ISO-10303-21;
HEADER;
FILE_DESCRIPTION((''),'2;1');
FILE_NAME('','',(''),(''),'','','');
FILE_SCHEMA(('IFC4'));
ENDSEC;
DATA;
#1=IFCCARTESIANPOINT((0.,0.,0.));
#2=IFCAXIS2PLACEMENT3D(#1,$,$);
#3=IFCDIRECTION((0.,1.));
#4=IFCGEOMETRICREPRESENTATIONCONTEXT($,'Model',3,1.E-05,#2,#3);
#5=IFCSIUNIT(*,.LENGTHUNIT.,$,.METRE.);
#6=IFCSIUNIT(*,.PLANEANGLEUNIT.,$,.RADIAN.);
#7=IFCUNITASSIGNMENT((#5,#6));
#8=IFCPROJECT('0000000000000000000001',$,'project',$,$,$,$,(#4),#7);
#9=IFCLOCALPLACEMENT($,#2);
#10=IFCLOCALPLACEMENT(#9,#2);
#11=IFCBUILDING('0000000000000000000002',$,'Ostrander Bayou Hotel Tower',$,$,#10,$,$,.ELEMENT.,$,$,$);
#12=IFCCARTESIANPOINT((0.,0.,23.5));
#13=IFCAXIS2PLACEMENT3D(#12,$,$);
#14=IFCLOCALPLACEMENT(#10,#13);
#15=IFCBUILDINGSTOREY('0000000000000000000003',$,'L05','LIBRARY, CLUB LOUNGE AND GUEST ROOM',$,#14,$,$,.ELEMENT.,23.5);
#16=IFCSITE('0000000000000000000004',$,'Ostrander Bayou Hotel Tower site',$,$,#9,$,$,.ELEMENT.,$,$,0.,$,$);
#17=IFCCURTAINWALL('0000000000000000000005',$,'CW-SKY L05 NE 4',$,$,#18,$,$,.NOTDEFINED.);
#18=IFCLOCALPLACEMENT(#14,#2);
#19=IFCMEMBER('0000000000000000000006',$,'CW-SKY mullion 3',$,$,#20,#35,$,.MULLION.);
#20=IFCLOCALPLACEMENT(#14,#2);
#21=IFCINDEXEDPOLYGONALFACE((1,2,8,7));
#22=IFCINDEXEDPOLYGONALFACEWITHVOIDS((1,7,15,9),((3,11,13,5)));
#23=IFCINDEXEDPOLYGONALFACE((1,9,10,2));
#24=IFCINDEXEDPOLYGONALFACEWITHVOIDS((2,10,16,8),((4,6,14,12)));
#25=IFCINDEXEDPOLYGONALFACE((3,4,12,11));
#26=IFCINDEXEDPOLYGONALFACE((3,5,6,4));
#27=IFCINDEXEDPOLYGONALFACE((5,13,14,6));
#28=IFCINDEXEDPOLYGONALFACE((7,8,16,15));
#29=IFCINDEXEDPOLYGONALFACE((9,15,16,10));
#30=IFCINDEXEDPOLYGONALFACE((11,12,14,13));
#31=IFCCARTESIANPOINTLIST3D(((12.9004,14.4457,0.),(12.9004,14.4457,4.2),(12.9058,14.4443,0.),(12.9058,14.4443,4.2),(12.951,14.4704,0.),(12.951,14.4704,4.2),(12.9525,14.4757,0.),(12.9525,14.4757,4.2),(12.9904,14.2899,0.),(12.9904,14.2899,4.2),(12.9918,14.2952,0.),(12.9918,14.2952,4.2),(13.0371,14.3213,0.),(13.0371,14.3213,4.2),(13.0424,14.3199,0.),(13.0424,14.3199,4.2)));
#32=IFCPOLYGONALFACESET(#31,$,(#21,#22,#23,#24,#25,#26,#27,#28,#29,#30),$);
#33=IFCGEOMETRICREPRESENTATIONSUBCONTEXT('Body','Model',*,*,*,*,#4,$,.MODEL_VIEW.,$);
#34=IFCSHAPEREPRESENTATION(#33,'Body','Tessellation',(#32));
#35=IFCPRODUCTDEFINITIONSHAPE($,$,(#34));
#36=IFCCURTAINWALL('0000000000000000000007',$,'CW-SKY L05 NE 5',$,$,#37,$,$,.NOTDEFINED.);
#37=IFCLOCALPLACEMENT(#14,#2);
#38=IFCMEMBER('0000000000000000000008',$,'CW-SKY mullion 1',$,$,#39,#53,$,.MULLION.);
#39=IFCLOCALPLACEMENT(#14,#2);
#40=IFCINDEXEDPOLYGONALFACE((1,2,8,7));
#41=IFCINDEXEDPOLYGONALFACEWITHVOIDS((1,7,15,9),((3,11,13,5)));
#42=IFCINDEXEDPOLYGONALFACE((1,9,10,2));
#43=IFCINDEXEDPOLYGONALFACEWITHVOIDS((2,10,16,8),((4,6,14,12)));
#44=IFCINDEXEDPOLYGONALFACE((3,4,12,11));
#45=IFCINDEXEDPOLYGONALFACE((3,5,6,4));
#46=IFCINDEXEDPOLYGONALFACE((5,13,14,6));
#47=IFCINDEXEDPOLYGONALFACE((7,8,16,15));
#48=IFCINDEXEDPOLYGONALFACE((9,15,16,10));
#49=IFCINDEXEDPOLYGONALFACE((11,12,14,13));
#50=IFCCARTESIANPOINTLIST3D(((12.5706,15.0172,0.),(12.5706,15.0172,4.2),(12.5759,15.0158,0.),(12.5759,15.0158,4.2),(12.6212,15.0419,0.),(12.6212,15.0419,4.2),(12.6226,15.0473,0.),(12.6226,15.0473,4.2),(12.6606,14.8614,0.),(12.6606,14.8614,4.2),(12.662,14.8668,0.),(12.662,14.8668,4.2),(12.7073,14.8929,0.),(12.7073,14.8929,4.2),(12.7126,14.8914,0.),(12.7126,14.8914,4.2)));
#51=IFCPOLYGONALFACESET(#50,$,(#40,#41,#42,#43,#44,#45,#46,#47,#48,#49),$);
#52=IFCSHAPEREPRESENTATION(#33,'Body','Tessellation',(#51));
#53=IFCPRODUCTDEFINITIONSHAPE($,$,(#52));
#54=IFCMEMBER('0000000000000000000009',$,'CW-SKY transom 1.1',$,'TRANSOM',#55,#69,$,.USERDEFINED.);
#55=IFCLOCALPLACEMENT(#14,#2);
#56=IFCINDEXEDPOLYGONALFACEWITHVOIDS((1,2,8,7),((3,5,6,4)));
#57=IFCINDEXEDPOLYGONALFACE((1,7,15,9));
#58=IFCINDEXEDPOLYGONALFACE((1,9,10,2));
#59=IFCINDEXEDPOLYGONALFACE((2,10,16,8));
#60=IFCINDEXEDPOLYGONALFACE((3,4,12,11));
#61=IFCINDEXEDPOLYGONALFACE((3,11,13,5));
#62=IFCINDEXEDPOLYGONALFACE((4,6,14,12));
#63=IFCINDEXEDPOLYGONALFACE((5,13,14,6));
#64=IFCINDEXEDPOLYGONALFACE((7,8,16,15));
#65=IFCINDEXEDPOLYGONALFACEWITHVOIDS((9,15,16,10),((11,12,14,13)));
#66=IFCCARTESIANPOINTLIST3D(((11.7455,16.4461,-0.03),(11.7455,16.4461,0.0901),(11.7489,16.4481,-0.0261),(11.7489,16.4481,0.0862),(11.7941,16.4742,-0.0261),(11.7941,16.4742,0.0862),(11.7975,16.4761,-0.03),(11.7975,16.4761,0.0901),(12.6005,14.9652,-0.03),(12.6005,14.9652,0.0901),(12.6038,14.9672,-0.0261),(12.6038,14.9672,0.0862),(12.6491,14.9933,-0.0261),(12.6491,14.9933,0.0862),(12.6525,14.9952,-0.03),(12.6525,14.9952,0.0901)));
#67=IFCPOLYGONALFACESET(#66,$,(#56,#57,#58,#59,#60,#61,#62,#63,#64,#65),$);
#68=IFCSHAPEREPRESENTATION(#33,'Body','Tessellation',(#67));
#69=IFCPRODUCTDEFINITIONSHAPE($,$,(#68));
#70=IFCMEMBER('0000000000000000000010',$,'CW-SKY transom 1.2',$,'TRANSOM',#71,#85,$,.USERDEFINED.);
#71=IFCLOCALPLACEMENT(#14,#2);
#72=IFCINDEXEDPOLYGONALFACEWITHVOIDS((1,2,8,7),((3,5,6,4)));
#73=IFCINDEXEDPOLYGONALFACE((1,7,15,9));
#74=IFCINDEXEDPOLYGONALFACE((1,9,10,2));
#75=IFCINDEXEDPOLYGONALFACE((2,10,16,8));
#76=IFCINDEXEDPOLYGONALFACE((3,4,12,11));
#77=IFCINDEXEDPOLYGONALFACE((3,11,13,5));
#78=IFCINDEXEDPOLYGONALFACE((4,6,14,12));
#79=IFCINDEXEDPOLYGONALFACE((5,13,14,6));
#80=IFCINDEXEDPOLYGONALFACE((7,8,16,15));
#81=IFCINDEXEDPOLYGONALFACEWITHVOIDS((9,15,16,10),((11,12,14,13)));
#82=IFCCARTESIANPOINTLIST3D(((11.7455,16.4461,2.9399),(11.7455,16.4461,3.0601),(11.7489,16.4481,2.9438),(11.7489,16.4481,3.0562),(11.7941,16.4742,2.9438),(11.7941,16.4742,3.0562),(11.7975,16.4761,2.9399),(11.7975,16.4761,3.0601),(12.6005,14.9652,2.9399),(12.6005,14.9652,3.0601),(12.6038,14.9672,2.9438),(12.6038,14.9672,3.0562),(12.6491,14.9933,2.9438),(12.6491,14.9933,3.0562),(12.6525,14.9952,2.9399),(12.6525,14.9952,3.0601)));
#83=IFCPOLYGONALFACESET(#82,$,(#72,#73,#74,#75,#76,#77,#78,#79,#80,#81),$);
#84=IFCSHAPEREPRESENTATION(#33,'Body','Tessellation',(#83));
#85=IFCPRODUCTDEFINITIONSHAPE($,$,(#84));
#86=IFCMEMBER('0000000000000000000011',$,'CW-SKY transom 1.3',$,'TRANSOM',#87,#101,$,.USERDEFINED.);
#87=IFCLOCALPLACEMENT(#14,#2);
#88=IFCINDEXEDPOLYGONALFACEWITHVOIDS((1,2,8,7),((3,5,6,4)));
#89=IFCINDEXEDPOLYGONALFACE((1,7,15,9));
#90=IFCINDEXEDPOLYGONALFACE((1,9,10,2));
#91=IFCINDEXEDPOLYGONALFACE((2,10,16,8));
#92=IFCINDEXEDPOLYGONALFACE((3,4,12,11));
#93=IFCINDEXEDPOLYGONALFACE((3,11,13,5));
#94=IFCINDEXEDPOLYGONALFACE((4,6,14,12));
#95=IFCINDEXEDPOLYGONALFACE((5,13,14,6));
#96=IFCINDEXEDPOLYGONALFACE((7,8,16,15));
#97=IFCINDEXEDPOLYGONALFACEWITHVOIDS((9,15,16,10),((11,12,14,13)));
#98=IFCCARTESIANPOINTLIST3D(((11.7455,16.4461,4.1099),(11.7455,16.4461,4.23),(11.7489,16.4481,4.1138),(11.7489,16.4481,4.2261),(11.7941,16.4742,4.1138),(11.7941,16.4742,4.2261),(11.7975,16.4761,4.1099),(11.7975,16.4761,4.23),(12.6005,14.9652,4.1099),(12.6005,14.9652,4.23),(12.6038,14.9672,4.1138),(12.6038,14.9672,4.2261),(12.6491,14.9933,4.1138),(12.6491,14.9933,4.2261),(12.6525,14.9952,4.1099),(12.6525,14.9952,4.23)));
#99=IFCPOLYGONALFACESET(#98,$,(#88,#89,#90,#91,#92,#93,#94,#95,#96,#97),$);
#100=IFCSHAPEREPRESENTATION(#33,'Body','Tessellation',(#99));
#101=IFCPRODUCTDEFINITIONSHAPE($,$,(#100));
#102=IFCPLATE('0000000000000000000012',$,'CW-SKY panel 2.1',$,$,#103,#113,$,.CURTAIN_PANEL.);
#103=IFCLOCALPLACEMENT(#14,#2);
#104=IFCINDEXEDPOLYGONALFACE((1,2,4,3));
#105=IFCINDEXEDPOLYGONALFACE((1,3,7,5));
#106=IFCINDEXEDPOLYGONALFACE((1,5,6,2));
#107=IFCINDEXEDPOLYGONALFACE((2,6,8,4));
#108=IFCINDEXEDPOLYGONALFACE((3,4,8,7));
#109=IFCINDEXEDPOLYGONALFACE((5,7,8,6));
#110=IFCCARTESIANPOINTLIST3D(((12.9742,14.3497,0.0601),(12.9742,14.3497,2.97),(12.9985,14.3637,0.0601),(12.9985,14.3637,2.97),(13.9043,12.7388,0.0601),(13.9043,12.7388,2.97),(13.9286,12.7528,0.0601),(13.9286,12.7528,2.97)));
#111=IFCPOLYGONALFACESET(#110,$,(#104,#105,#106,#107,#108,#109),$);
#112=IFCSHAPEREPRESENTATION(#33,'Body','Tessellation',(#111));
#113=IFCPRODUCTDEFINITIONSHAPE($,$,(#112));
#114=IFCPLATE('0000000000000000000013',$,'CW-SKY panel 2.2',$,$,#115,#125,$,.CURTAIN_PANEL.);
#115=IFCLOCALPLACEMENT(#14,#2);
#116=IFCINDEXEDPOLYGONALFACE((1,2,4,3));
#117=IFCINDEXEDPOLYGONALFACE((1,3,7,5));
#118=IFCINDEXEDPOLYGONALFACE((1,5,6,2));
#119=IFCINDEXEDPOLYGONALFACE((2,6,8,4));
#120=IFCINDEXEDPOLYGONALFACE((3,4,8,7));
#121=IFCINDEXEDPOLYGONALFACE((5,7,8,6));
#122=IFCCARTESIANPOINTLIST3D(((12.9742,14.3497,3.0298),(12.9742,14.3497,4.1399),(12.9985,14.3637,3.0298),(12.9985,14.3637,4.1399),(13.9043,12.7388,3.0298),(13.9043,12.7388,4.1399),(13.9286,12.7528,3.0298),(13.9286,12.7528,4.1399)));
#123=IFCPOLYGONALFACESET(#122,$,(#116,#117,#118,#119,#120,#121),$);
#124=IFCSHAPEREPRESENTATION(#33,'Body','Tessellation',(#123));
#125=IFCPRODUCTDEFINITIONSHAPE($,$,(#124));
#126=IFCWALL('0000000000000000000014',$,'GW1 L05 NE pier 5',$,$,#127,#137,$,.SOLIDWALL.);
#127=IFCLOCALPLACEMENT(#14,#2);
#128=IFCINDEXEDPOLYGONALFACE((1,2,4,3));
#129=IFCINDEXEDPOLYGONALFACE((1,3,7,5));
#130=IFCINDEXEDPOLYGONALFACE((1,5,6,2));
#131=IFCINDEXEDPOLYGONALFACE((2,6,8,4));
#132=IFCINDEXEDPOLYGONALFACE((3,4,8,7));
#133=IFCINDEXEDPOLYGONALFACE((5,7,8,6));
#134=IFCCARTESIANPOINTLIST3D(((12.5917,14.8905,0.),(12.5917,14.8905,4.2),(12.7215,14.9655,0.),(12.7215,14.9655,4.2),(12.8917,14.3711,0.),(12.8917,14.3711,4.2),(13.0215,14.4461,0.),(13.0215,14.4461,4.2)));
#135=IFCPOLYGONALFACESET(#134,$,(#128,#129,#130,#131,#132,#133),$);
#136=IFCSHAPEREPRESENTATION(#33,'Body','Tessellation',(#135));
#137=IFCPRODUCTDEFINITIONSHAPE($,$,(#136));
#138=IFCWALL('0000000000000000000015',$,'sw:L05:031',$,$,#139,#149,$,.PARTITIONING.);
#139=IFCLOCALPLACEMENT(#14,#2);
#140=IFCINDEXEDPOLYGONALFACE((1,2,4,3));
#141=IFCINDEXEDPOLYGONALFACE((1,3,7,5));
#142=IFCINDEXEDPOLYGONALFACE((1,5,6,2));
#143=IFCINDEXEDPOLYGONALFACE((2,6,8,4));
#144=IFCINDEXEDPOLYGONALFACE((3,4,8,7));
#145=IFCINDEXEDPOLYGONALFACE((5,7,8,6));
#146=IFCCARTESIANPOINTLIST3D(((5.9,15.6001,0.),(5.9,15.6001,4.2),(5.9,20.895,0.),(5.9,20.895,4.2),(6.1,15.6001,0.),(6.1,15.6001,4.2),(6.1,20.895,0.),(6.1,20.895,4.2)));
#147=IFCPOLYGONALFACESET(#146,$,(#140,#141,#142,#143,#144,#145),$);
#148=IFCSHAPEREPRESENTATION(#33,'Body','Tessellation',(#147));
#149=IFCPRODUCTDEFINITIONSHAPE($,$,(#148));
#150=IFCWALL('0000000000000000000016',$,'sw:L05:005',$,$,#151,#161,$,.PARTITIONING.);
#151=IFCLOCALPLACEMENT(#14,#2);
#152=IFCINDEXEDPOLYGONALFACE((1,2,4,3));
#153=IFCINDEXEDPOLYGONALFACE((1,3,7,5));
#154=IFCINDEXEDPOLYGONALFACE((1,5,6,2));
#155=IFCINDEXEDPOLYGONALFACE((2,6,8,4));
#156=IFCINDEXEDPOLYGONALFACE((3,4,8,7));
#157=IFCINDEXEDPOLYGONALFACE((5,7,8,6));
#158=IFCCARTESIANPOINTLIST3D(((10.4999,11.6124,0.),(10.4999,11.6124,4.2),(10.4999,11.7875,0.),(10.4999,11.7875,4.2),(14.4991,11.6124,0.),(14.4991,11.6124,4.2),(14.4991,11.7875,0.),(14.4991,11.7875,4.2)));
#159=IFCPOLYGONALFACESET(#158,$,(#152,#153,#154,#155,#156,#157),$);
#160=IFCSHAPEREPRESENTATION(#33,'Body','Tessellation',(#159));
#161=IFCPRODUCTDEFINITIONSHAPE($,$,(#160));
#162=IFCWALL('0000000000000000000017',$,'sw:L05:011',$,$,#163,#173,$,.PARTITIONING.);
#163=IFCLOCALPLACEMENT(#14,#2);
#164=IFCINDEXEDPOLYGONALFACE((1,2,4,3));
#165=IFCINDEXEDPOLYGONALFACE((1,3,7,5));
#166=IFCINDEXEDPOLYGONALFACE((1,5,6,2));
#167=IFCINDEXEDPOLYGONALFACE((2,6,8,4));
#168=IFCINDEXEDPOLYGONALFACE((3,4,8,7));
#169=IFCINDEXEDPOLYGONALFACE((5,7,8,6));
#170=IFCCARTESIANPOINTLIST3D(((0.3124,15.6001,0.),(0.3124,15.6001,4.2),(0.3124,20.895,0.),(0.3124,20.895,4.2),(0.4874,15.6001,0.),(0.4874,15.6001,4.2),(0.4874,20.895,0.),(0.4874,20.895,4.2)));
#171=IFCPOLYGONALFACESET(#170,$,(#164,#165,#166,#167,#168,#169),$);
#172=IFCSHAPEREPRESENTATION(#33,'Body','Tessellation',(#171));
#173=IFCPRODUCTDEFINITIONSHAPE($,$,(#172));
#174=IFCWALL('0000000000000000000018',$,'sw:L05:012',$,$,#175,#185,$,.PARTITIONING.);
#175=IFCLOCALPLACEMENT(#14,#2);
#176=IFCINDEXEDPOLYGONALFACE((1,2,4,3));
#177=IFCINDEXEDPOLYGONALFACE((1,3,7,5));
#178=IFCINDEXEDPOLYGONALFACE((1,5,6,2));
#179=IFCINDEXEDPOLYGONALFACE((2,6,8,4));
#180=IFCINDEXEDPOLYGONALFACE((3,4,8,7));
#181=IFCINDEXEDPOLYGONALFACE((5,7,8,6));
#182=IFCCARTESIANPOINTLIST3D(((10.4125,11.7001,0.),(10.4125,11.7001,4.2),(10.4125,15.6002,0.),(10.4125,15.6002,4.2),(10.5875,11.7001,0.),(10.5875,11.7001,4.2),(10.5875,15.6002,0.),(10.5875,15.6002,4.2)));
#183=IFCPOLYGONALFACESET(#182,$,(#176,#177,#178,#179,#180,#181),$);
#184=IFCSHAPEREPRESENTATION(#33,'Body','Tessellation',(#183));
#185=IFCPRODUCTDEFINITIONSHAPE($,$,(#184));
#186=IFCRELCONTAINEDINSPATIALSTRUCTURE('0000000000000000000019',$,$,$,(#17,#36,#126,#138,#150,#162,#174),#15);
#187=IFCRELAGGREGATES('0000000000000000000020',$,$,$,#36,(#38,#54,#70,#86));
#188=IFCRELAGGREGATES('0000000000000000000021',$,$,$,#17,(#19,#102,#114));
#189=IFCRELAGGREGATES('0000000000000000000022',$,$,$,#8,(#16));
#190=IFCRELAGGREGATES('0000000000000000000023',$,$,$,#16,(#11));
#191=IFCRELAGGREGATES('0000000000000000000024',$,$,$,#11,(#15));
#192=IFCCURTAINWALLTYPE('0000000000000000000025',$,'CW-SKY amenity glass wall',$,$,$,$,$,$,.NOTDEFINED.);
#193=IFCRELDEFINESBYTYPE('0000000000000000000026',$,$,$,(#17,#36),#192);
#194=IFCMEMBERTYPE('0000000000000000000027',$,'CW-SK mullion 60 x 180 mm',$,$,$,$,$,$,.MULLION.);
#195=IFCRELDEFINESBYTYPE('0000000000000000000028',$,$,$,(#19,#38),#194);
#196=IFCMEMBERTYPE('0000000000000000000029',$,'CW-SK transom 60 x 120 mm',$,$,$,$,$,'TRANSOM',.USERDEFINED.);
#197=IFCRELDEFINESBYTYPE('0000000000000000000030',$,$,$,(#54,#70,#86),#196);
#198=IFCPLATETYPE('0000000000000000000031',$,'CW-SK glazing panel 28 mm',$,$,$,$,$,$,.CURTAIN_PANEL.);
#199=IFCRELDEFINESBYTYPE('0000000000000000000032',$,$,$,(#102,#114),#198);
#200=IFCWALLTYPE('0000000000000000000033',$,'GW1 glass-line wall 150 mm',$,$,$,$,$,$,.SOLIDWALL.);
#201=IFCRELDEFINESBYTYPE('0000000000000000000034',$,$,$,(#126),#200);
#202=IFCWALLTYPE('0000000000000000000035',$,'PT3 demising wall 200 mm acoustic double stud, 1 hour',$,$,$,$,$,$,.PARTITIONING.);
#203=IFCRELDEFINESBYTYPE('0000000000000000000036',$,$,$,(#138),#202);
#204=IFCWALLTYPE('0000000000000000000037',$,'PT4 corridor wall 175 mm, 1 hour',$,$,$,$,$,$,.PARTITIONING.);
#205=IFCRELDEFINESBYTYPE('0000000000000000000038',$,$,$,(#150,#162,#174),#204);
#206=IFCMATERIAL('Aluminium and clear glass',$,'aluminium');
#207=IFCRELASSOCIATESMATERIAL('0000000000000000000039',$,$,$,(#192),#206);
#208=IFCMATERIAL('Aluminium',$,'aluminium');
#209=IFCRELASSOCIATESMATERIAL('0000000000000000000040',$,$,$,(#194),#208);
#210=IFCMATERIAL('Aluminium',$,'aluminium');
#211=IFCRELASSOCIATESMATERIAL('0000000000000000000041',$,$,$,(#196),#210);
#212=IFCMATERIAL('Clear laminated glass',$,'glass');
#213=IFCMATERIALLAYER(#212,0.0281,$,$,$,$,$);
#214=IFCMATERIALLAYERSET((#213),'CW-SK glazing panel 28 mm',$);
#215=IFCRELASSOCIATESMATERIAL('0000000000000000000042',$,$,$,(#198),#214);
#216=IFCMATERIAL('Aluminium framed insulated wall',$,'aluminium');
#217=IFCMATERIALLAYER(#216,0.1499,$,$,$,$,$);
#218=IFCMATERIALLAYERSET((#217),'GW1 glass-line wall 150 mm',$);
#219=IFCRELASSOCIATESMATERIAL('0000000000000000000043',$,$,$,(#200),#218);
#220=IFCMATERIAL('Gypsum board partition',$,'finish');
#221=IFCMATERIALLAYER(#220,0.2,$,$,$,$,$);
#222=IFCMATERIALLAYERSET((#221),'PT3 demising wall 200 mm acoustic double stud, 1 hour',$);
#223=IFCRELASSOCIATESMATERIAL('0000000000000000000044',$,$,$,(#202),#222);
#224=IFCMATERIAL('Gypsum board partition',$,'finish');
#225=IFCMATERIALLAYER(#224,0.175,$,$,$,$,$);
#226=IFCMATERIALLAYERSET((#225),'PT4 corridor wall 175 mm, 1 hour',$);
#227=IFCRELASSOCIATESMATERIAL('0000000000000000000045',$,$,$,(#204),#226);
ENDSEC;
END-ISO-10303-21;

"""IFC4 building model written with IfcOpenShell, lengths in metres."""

from ifc_helpers import new_model, si_unit, direction, frame, frame_2d, origin, origin_2d, place, context, subcontext, project, spatial, rectangle, hollow_rectangle, extrude, material, layer, layer_set, material_profile, profile_set, type_object, element, aggregate, save


model = new_model("IFC4")

# Units and contexts
model_context = context("Model", 3, precision=1e-05, world=origin(), true_north=direction((0.0, 1.0)))
body_context = subcontext(model_context, "Body", "Model", "MODEL_VIEW")
ifc_project = project(units=[si_unit("LENGTHUNIT", "METRE"), si_unit("PLANEANGLEUNIT", "RADIAN")], contexts=[model_context])

# Site, building, storey
site_placement = place(None, origin())
site = spatial("IfcSite", under=ifc_project, at=site_placement, Name="Ostrander Bayou Hotel Tower site", CompositionType="ELEMENT", RefElevation=0.0)
building_placement = place(site_placement, origin())
building = spatial("IfcBuilding", under=site, at=building_placement, Name="Ostrander Bayou Hotel Tower", CompositionType="ELEMENT")
storey_placement = place(building_placement, frame((0.0, 0.0, 23.5)))
storey = spatial("IfcBuildingStorey", under=building, at=storey_placement, Name="L05", Description="LIBRARY, CLUB LOUNGE AND GUEST ROOM", CompositionType="ELEMENT", Elevation=23.5)

# Curtain wall, member
ifc_material_1 = material(Name="Aluminium and clear glass", Category="aluminium")
curtain_wall_type = type_object("IfcCurtainWallType", Name="CW-SKY amenity glass wall", PredefinedType="NOTDEFINED", material=ifc_material_1)
curtain_wall_1_placement = place(storey_placement, origin())
curtain_wall_1 = element("IfcCurtainWall", 1, at=curtain_wall_1_placement, inside=storey, type_object=curtain_wall_type, Name="CW-SKY L05 NE 4", PredefinedType="NOTDEFINED")
ifc_material_2 = material(Name="Aluminium", Category="aluminium")
ifc_material_profile_1 = material_profile(ifc_material_2, hollow_rectangle(XDim=0.0601, YDim=0.1799, WallThickness=0.0039, at=origin_2d()))
ifc_profile_set_1 = profile_set([ifc_material_profile_1], Name="Aluminium")
member_type_1 = type_object("IfcMemberType", Name="CW-SK mullion 60 x 180 mm", PredefinedType="MULLION", material=ifc_profile_set_1)
member_1_placement = place(storey_placement, frame((12.9714, 14.3828, 0.0), z_axis=(0.0, 0.0, 1.0), x_axis=(-0.866025, -0.5, 0.0)))
member_1 = element("IfcMember", 2, at=member_1_placement, type_object=member_type_1, Name="CW-SKY mullion 3", PredefinedType="MULLION", context=body_context, shape_type="SweptSolid", body=[
    extrude(hollow_rectangle(XDim=0.0601, YDim=0.1799, WallThickness=0.0039, at=origin_2d()), origin(), (0.0, 0.0, 1.0), 4.2),
])

# Curtain wall, members
curtain_wall_2_placement = place(storey_placement, origin())
curtain_wall_2 = element("IfcCurtainWall", 3, at=curtain_wall_2_placement, inside=storey, type_object=curtain_wall_type, Name="CW-SKY L05 NE 5", PredefinedType="NOTDEFINED")
member_2_placement = place(storey_placement, frame((12.6416, 14.9543, 0.0), z_axis=(0.0, 0.0, 1.0), x_axis=(-0.866026, -0.499999, 0.0)))
member_2 = element("IfcMember", 4, at=member_2_placement, type_object=member_type_1, Name="CW-SKY mullion 1", PredefinedType="MULLION", context=body_context, shape_type="SweptSolid", body=[
    extrude(hollow_rectangle(XDim=0.0601, YDim=0.1799, WallThickness=0.0039, at=origin_2d()), origin(), (0.0, 0.0, 1.0), 4.2),
])
ifc_material_3 = material(Name="Aluminium", Category="aluminium")
ifc_material_profile_2 = material_profile(ifc_material_3, hollow_rectangle(XDim=0.0601, YDim=0.1201, WallThickness=0.0039, at=origin_2d()))
ifc_profile_set_2 = profile_set([ifc_material_profile_2], Name="Aluminium")
member_type_2 = type_object("IfcMemberType", Name="CW-SK transom 60 x 120 mm", ElementType="TRANSOM", PredefinedType="USERDEFINED", material=ifc_profile_set_2)
member_3_placement = place(storey_placement, frame((12.6265, 14.9802, 0.03), z_axis=(-0.499978, 0.866038, 0.0), x_axis=(-0.866038, -0.499978, 0.0)))
member_3 = element("IfcMember", 5, at=member_3_placement, type_object=member_type_2, Name="CW-SKY transom 1.1", ObjectType="TRANSOM", PredefinedType="USERDEFINED", context=body_context, shape_type="SweptSolid", body=[
    extrude(hollow_rectangle(XDim=0.0601, YDim=0.1201, WallThickness=0.0039, at=origin_2d()), origin(), (0.0, 0.0, 1.0), 1.71),
])
member_4_placement = place(storey_placement, frame((12.6265, 14.9802, 3.0), z_axis=(-0.499978, 0.866038, 0.0), x_axis=(-0.866038, -0.499978, 0.0)))
member_4 = element("IfcMember", 6, at=member_4_placement, type_object=member_type_2, Name="CW-SKY transom 1.2", ObjectType="TRANSOM", PredefinedType="USERDEFINED", context=body_context, shape_type="SweptSolid", body=[
    extrude(hollow_rectangle(XDim=0.0601, YDim=0.1201, WallThickness=0.0039, at=origin_2d()), origin(), (0.0, 0.0, 1.0), 1.71),
])
member_5_placement = place(storey_placement, frame((12.6265, 14.9802, 4.1699), z_axis=(-0.499978, 0.866038, 0.0), x_axis=(-0.866038, -0.499978, 0.0)))
member_5 = element("IfcMember", 7, at=member_5_placement, type_object=member_type_2, Name="CW-SKY transom 1.3", ObjectType="TRANSOM", PredefinedType="USERDEFINED", context=body_context, shape_type="SweptSolid", body=[
    extrude(hollow_rectangle(XDim=0.0601, YDim=0.1201, WallThickness=0.0039, at=origin_2d()), origin(), (0.0, 0.0, 1.0), 1.71),
])
aggregate(curtain_wall_2, [member_2, member_3, member_4, member_5])

# Plates
ifc_material_4 = material(Name="Clear laminated glass", Category="glass")
ifc_layer_1 = layer(ifc_material_4, 0.0281)
ifc_layer_set_1 = layer_set([ifc_layer_1], Name="CW-SK glazing panel 28 mm")
plate_type = type_object("IfcPlateType", Name="CW-SK glazing panel 28 mm", PredefinedType="CURTAIN_PANEL", material=ifc_layer_set_1)
plate_1_placement = place(storey_placement, frame((13.4514, 13.5513, 0.0601), z_axis=(0.0, 0.0, 1.0), x_axis=(-0.5, 0.866025, 0.0)))
plate_1 = element("IfcPlate", 8, at=plate_1_placement, type_object=plate_type, Name="CW-SKY panel 2.1", PredefinedType="CURTAIN_PANEL", context=body_context, shape_type="SweptSolid", body=[
    extrude(rectangle(XDim=1.8601, YDim=0.0281, at=origin_2d()), origin(), (0.0, 0.0, 1.0), 2.9099),
])
plate_2_placement = place(storey_placement, frame((13.4514, 13.5513, 3.0298), z_axis=(0.0, 0.0, 1.0), x_axis=(-0.5, 0.866025, 0.0)))
plate_2 = element("IfcPlate", 9, at=plate_2_placement, type_object=plate_type, Name="CW-SKY panel 2.2", PredefinedType="CURTAIN_PANEL", context=body_context, shape_type="SweptSolid", body=[
    extrude(rectangle(XDim=1.8601, YDim=0.0281, at=origin_2d()), origin(), (0.0, 0.0, 1.0), 1.1101),
])
aggregate(curtain_wall_1, [member_1, plate_1, plate_2])

# Walls
ifc_material_5 = material(Name="Aluminium framed insulated wall", Category="aluminium")
ifc_layer_2 = layer(ifc_material_5, 0.1499)
ifc_layer_set_2 = layer_set([ifc_layer_2], Name="GW1 glass-line wall 150 mm")
wall_type_1 = type_object("IfcWallType", Name="GW1 glass-line wall 150 mm", PredefinedType="SOLIDWALL", material=ifc_layer_set_2)
wall_1_placement = place(storey_placement, frame((12.9565, 14.4087, 0.0), z_axis=(0.0, 0.0, 1.0), x_axis=(-0.500122, 0.865955, 0.0)))
element("IfcWall", 10, at=wall_1_placement, inside=storey, type_object=wall_type_1, Name="GW1 L05 NE pier 5", PredefinedType="SOLIDWALL", context=body_context, shape_type="SweptSolid", body=[
    extrude(rectangle(XDim=0.5999, YDim=0.1499, at=frame_2d((0.2998, 0.0))), origin(), (0.0, 0.0, 1.0), 4.2),
])
ifc_material_6 = material(Name="Gypsum board partition", Category="finish")
ifc_layer_3 = layer(ifc_material_6, 0.2)
ifc_layer_set_3 = layer_set([ifc_layer_3], Name="PT3 demising wall 200 mm acoustic double stud, 1 hour")
wall_type_2 = type_object("IfcWallType", Name="PT3 demising wall 200 mm acoustic double stud, 1 hour", PredefinedType="PARTITIONING", material=ifc_layer_set_3)
wall_2_placement = place(storey_placement, frame((6.0, 15.6001, 0.0), z_axis=(0.0, 0.0, 1.0), x_axis=(0.0, 1.0, 0.0)))
element("IfcWall", 11, at=wall_2_placement, inside=storey, type_object=wall_type_2, Name="sw:L05:031", PredefinedType="PARTITIONING", context=body_context, shape_type="SweptSolid", body=[
    extrude(rectangle(XDim=5.2949, YDim=0.2, at=frame_2d((2.6475, 0.0))), origin(), (0.0, 0.0, 1.0), 4.2),
])
ifc_material_7 = material(Name="Gypsum board partition", Category="finish")
ifc_layer_4 = layer(ifc_material_7, 0.175)
ifc_layer_set_4 = layer_set([ifc_layer_4], Name="PT4 corridor wall 175 mm, 1 hour")
wall_type_3 = type_object("IfcWallType", Name="PT4 corridor wall 175 mm, 1 hour", PredefinedType="PARTITIONING", material=ifc_layer_set_4)
wall_3_placement = place(storey_placement, frame((10.5, 11.7, 0.0), z_axis=(0.0, 0.0, 1.0), x_axis=(1.0, 0.0, 0.0)))
element("IfcWall", 12, at=wall_3_placement, inside=storey, type_object=wall_type_3, Name="sw:L05:005", PredefinedType="PARTITIONING", context=body_context, shape_type="SweptSolid", body=[
    extrude(rectangle(XDim=3.9993, YDim=0.175, at=frame_2d((1.9995, 0.0))), origin(), (0.0, 0.0, 1.0), 4.2),
])

# Walls
wall_4_placement = place(storey_placement, frame((0.3999, 15.6001, 0.0), z_axis=(0.0, 0.0, 1.0), x_axis=(0.0, 1.0, 0.0)))
element("IfcWall", 13, at=wall_4_placement, inside=storey, type_object=wall_type_3, Name="sw:L05:011", PredefinedType="PARTITIONING", context=body_context, shape_type="SweptSolid", body=[
    extrude(rectangle(XDim=5.2949, YDim=0.175, at=frame_2d((2.6475, 0.0))), origin(), (0.0, 0.0, 1.0), 4.2),
])
wall_5_placement = place(storey_placement, frame((10.5, 11.7, 0.0), z_axis=(0.0, 0.0, 1.0), x_axis=(0.0, 1.0, 0.0)))
element("IfcWall", 14, at=wall_5_placement, inside=storey, type_object=wall_type_3, Name="sw:L05:012", PredefinedType="PARTITIONING", context=body_context, shape_type="SweptSolid", body=[
    extrude(rectangle(XDim=3.9001, YDim=0.175, at=frame_2d((1.9502, 0.0))), origin(), (0.0, 0.0, 1.0), 4.2),
])

save(model, "model.ifc")
